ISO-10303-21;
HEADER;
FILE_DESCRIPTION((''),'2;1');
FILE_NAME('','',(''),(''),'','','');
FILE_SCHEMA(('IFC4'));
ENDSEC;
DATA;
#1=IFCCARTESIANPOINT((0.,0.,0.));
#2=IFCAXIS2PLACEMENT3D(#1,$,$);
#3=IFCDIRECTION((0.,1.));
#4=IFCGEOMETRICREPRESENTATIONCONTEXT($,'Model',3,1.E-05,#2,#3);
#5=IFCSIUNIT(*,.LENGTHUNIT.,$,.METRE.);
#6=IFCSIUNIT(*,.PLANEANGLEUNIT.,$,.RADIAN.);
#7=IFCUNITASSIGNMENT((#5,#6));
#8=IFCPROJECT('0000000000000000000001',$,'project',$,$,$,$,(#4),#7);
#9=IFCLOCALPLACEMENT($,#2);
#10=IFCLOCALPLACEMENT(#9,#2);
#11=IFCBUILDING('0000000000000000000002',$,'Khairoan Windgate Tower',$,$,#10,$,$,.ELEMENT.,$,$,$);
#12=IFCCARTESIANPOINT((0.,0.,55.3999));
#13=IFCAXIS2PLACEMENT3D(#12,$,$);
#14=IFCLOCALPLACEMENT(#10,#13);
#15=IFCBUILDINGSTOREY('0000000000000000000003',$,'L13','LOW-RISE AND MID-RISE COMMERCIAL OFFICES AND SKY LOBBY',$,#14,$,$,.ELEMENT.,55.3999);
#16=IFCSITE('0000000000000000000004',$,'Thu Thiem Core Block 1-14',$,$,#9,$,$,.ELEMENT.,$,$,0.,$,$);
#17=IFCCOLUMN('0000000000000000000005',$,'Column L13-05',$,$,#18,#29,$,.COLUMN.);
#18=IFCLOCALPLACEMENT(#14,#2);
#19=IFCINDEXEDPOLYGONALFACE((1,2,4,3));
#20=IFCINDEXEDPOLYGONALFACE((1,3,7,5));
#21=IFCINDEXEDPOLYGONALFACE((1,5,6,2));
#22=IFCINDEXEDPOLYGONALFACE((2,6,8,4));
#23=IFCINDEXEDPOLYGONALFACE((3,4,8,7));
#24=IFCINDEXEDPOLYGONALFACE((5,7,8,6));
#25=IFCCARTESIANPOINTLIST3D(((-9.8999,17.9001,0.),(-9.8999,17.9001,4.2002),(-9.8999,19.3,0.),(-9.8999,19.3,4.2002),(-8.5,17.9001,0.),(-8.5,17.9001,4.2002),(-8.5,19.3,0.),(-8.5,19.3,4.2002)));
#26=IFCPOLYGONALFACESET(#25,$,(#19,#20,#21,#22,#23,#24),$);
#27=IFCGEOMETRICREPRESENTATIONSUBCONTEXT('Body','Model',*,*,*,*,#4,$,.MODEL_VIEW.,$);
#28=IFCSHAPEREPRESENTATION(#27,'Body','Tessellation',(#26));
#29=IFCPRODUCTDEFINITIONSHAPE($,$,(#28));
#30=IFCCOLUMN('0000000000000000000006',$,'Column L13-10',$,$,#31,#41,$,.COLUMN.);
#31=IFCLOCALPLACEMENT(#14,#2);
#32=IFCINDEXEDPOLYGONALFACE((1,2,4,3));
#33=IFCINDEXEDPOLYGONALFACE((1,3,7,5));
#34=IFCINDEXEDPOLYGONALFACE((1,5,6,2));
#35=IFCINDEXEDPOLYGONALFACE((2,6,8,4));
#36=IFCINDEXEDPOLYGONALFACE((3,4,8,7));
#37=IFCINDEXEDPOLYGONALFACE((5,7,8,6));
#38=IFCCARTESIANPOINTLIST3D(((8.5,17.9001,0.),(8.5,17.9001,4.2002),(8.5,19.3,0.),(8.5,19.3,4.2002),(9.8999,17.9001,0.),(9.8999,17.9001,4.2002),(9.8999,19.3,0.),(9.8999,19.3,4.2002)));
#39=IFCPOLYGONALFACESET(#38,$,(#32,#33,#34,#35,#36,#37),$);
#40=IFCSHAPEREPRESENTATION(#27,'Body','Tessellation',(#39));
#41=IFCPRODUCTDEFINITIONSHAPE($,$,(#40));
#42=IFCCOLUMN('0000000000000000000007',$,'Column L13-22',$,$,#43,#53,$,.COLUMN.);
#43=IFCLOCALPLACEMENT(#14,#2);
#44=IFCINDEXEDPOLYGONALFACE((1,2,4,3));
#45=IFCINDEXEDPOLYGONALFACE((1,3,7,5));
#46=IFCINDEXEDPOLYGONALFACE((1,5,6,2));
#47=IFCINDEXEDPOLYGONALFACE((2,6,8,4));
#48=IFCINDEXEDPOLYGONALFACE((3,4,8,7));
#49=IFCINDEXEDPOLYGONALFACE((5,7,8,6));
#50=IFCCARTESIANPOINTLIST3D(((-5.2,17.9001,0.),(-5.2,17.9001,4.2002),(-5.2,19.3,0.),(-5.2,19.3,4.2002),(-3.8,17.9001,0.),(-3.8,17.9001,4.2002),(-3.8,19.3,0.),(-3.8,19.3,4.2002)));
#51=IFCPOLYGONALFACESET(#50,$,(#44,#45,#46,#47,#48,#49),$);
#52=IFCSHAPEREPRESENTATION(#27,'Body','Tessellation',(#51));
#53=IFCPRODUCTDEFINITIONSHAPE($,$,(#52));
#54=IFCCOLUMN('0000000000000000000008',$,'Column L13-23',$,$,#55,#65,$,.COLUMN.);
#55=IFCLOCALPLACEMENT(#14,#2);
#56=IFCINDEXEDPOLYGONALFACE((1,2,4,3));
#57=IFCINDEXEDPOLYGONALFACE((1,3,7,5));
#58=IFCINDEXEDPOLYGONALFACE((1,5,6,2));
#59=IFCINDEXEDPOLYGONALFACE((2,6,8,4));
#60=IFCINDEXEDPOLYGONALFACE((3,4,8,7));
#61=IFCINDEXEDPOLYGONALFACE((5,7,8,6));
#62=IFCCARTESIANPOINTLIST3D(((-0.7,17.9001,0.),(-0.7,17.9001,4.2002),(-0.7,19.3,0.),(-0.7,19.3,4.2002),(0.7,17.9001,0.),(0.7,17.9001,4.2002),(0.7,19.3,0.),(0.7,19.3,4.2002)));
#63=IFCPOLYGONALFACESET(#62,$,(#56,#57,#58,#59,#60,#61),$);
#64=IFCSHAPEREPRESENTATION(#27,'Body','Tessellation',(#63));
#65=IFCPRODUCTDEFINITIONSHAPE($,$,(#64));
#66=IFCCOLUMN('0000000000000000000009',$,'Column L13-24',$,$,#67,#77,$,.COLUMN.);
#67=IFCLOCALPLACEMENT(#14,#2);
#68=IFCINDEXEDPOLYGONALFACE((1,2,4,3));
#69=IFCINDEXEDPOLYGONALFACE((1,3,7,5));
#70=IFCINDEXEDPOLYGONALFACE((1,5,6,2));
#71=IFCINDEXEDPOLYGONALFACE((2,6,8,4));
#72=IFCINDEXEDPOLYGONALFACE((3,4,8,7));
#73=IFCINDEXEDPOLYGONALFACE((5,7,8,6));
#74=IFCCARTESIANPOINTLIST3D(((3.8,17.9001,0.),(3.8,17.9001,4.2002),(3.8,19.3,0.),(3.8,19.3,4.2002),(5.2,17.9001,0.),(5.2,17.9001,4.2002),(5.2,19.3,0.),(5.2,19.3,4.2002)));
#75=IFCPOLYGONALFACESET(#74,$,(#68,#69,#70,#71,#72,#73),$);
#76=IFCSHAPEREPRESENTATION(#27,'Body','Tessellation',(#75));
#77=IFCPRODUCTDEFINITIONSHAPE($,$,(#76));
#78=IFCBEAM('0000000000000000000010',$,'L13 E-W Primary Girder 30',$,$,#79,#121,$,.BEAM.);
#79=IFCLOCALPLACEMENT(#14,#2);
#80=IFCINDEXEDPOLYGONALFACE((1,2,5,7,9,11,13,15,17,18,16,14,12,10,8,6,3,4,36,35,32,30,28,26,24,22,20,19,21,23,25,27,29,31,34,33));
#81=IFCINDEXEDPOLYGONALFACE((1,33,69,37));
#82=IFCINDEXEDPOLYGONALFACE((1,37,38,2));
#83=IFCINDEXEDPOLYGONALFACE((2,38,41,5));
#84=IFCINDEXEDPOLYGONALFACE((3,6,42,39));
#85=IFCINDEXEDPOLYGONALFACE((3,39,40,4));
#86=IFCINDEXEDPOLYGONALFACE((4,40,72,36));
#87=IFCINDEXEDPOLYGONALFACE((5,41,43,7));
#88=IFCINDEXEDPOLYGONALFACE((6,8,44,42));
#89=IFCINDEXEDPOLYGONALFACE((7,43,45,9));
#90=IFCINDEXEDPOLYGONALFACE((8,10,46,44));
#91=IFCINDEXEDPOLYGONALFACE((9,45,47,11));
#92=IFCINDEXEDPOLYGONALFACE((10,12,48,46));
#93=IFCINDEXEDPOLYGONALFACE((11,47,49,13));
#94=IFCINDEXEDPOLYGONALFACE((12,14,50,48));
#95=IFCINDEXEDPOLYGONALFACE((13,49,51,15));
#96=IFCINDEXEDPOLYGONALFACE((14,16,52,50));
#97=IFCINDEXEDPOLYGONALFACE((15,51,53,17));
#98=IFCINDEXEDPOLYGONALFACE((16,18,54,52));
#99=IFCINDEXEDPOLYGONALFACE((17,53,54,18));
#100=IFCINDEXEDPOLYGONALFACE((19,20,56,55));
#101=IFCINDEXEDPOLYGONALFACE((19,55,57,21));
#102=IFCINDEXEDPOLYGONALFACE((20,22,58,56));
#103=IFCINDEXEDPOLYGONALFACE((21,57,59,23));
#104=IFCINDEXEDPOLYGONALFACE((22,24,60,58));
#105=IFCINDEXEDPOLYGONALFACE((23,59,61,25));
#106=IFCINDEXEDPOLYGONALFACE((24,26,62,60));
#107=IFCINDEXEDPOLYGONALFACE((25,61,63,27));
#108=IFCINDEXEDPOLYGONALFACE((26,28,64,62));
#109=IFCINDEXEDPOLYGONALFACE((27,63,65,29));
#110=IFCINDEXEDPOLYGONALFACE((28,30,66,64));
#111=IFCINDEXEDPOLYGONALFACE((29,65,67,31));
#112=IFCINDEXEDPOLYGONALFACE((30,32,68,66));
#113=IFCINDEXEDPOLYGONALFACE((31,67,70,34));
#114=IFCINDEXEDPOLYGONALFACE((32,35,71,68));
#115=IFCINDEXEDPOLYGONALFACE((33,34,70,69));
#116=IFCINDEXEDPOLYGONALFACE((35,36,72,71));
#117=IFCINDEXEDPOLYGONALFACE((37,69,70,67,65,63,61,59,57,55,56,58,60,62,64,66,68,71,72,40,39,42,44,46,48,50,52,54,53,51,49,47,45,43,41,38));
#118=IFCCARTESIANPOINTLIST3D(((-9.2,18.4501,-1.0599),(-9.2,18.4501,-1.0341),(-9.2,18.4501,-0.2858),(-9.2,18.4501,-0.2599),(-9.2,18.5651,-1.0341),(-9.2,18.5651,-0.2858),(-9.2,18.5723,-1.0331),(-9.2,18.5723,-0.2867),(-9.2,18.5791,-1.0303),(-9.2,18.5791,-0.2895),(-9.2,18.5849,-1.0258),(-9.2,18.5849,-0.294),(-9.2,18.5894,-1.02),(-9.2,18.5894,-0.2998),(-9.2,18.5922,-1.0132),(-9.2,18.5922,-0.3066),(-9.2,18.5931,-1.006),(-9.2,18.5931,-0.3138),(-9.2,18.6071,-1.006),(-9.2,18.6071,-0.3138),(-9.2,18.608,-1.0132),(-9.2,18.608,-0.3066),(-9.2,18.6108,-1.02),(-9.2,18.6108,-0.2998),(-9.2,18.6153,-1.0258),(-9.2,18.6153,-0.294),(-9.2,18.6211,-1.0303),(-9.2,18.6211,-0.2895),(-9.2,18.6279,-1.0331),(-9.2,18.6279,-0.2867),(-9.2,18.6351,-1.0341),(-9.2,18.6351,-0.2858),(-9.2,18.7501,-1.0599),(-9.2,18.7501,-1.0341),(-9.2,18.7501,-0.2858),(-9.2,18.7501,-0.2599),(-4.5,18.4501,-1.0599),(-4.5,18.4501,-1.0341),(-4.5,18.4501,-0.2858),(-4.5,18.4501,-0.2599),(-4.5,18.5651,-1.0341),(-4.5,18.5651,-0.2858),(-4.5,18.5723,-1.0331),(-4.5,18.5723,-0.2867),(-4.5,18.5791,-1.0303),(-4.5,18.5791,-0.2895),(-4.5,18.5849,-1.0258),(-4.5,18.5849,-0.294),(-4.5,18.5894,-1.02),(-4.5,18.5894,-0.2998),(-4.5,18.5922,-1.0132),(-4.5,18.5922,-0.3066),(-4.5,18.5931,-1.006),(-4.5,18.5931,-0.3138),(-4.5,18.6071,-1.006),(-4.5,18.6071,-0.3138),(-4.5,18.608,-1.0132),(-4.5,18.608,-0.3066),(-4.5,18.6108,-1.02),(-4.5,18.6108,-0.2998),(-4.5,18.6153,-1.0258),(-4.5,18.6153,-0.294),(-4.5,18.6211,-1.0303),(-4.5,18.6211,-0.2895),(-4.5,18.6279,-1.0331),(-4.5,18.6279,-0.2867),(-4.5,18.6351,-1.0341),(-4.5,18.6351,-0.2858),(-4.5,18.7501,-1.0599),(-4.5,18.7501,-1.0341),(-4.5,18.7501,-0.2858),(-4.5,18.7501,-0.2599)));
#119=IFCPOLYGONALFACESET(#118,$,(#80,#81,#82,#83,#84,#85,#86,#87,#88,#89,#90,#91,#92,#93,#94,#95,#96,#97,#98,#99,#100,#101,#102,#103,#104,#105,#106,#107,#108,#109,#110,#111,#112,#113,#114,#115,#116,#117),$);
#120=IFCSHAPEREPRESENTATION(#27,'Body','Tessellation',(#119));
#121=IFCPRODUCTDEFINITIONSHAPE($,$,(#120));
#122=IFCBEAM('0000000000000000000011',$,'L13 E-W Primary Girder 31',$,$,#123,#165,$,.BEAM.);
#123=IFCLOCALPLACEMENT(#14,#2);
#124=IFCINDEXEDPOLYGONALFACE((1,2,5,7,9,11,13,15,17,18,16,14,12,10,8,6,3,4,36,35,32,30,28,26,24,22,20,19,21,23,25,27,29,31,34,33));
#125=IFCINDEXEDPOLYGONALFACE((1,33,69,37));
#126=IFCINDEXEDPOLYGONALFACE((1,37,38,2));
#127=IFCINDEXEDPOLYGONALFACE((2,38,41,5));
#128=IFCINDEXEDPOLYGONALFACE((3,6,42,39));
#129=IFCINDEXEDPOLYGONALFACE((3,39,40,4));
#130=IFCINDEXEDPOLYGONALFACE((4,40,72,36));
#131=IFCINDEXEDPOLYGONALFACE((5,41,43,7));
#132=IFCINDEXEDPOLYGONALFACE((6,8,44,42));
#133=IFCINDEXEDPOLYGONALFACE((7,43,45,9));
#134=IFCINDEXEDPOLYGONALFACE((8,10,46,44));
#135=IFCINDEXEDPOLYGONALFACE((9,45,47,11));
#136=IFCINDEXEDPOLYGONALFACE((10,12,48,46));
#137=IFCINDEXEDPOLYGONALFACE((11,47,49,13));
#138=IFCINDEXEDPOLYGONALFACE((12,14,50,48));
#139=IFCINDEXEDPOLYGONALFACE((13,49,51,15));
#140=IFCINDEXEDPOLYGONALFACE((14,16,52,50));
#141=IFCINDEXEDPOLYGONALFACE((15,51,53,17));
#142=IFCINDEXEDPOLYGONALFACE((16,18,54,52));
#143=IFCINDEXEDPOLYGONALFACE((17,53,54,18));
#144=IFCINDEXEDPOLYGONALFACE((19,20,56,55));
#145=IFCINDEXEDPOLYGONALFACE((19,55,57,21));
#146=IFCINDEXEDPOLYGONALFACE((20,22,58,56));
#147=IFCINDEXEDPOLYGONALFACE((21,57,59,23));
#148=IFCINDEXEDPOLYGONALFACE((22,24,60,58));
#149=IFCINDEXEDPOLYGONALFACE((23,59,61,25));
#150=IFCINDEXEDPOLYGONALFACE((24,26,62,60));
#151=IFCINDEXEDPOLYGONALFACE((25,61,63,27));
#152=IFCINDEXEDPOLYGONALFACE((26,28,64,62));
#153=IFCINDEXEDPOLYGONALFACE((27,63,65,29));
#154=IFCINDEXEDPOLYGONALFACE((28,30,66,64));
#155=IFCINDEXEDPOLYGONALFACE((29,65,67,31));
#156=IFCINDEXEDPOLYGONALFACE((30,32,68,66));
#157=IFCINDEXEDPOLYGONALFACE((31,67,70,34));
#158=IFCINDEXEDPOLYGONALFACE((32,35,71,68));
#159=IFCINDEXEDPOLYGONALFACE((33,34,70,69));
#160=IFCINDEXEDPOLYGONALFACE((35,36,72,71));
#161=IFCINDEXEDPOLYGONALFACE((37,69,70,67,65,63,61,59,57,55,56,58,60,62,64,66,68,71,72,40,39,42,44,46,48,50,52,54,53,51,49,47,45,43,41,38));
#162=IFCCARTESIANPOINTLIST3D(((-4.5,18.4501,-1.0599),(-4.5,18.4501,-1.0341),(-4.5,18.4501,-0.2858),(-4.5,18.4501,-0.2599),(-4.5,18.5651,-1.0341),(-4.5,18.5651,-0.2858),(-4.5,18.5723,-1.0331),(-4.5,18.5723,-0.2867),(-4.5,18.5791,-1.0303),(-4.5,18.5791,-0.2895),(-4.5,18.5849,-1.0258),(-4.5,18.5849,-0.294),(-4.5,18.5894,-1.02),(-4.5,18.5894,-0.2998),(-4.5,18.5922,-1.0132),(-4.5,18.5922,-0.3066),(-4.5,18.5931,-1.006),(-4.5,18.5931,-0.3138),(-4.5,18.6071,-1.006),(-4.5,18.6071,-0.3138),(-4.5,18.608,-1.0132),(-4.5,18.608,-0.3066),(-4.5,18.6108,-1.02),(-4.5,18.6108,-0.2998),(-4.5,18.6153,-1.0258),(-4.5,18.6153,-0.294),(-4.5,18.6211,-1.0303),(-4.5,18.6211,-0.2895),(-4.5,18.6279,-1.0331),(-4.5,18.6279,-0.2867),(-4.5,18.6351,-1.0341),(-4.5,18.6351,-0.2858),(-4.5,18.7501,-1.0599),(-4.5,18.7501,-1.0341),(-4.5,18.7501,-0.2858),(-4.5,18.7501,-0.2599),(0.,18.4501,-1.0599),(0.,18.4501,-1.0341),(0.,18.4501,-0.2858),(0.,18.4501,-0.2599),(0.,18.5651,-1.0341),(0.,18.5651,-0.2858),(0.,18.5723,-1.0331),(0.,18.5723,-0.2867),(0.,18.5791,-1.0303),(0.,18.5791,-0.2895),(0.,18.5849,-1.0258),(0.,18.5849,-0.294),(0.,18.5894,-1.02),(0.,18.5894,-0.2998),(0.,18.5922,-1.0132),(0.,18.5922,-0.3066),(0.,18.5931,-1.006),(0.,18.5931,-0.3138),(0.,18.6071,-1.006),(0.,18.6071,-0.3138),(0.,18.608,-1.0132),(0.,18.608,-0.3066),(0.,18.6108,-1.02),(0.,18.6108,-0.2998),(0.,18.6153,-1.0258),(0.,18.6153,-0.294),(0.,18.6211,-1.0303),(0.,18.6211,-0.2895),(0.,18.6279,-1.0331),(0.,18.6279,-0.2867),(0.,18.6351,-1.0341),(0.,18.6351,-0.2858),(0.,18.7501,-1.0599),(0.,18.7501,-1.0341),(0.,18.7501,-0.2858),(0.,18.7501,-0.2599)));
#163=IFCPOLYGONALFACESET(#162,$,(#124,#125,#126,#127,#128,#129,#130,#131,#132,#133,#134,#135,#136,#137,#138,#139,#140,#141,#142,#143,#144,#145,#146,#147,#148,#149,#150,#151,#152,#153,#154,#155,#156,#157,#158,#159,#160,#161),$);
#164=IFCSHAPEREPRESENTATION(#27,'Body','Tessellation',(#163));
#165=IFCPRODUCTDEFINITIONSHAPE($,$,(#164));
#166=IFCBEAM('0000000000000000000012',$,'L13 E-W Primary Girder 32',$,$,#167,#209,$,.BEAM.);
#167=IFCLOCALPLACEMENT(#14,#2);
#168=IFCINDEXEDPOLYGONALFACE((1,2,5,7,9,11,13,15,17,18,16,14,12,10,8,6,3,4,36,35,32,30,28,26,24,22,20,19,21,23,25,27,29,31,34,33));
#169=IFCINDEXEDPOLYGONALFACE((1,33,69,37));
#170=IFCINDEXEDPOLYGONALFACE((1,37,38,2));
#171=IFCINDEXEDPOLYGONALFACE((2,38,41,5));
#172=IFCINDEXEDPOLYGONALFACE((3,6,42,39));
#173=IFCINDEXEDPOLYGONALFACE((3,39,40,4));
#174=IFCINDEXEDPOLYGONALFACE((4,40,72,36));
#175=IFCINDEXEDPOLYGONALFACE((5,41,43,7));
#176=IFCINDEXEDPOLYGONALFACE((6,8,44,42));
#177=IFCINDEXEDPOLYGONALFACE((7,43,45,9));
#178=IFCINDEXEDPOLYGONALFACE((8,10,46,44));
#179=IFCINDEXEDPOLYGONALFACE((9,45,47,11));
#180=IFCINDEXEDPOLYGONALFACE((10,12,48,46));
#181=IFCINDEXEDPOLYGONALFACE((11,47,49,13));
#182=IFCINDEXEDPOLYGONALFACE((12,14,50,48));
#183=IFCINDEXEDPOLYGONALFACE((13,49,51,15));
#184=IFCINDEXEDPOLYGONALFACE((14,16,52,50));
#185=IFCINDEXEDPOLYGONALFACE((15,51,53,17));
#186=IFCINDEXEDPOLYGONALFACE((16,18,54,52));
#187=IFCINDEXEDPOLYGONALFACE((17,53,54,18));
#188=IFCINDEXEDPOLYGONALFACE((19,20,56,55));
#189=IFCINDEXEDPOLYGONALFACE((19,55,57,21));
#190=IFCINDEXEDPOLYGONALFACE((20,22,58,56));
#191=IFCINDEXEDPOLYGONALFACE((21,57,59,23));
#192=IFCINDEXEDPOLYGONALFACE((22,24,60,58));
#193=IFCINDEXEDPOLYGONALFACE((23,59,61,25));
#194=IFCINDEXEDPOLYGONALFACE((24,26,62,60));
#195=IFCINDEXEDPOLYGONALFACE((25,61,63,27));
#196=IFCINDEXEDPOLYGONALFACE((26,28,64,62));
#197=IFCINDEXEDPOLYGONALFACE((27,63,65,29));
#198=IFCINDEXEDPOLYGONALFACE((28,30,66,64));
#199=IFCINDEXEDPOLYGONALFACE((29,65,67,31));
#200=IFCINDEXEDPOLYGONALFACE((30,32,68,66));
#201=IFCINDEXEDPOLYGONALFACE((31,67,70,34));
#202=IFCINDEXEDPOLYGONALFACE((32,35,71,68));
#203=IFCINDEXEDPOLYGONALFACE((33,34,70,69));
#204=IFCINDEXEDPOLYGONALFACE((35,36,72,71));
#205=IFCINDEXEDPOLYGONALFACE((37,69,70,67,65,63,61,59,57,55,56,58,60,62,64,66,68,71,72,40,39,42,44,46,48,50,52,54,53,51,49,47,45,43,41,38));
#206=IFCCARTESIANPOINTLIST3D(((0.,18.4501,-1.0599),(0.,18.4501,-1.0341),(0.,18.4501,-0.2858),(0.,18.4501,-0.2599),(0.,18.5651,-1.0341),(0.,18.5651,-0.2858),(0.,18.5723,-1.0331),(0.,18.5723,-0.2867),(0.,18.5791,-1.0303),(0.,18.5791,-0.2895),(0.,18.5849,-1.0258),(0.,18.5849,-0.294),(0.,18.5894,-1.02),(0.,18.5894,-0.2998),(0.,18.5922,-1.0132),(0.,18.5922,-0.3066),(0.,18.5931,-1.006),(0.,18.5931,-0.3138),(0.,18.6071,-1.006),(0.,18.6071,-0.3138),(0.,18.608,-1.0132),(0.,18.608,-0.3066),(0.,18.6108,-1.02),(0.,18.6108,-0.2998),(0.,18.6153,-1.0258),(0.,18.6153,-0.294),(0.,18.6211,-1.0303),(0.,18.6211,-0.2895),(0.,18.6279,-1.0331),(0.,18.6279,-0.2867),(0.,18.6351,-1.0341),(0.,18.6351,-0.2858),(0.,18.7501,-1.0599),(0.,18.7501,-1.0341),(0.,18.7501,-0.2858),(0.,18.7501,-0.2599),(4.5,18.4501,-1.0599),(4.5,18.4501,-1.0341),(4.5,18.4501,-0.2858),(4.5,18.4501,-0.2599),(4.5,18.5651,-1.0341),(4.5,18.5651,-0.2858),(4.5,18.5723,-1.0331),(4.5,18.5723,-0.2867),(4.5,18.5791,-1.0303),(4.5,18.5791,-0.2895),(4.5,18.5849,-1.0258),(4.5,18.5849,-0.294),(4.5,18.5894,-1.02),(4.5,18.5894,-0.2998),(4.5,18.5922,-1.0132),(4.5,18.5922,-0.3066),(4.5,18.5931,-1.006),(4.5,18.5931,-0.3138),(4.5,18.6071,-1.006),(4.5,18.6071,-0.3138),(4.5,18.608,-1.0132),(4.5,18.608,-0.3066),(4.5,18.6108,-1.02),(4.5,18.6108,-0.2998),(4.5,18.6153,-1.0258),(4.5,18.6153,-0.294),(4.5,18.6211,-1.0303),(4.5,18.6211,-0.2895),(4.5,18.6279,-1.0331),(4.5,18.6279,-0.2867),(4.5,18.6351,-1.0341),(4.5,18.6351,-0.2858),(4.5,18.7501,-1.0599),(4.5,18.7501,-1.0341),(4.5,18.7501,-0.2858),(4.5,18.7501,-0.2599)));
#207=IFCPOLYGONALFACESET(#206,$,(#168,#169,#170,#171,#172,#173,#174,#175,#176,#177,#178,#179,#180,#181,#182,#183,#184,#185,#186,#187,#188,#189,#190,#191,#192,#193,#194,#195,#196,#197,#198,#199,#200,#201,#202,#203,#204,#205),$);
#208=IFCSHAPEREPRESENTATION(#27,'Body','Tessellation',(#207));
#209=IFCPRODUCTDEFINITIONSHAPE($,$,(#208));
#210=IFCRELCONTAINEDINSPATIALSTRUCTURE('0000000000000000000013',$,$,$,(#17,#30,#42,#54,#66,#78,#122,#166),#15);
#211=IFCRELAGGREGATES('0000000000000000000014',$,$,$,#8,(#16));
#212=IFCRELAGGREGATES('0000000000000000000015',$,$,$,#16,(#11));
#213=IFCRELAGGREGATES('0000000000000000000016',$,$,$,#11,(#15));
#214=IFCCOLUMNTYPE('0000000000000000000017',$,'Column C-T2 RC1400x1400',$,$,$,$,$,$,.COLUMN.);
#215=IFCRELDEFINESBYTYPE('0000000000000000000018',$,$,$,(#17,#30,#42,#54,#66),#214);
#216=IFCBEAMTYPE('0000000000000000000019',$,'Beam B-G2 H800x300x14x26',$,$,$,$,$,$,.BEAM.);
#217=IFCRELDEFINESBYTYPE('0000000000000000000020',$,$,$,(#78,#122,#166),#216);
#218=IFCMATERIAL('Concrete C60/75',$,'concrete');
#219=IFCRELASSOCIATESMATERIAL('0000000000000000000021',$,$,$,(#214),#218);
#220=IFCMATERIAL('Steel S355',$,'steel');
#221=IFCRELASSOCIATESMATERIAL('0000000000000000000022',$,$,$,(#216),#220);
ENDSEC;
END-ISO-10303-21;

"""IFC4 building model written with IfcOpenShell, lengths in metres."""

from ifc_helpers import new_model, si_unit, direction, frame, origin, origin_2d, place, context, subcontext, project, spatial, rectangle, i_section, extrude, material, material_profile, profile_set, type_object, element, save


model = new_model("IFC4")

# Units and contexts
model_context = context("Model", 3, precision=1e-05, world=origin(), true_north=direction((0.0, 1.0)))
body_context = subcontext(model_context, "Body", "Model", "MODEL_VIEW")
ifc_project = project(units=[si_unit("LENGTHUNIT", "METRE"), si_unit("PLANEANGLEUNIT", "RADIAN")], contexts=[model_context])

# Site, building, storey
site_placement = place(None, origin())
site = spatial("IfcSite", under=ifc_project, at=site_placement, Name="Thu Thiem Core Block 1-14", CompositionType="ELEMENT", RefElevation=0.0)
building_placement = place(site_placement, origin())
building = spatial("IfcBuilding", under=site, at=building_placement, Name="Khairoan Windgate Tower", CompositionType="ELEMENT")
storey_placement = place(building_placement, frame((0.0, 0.0, 55.3999)))
storey = spatial("IfcBuildingStorey", under=building, at=storey_placement, Name="L13", Description="LOW-RISE AND MID-RISE COMMERCIAL OFFICES AND SKY LOBBY", CompositionType="ELEMENT", Elevation=55.3999)

# Columns
ifc_material_1 = material(Name="Concrete C60/75", Category="concrete")
ifc_material_profile_1 = material_profile(ifc_material_1, rectangle(XDim=1.3999, YDim=1.3999, at=origin_2d()))
ifc_profile_set_1 = profile_set([ifc_material_profile_1], Name="Concrete C60/75")
column_type = type_object("IfcColumnType", Name="Column C-T2 RC1400x1400", PredefinedType="COLUMN", material=ifc_profile_set_1)
for number, where, z_axis, x_axis, name in (
    (1, (-9.2, 18.6001, 0.0), (0.0, 0.0, 1.0), (1.0, 0.0, 0.0), "Column L13-05"),
    (2, (9.2, 18.6001, 0.0), (0.0, 0.0, 1.0), (1.0, 0.0, 0.0), "Column L13-10"),
    (3, (-4.5, 18.6001, 0.0), (0.0, 0.0, 1.0), (1.0, 0.0, 0.0), "Column L13-22"),
    (4, (0.0, 18.6001, 0.0), (0.0, 0.0, 1.0), (1.0, 0.0, 0.0), "Column L13-23"),
    (5, (4.5, 18.6001, 0.0), (0.0, 0.0, 1.0), (1.0, 0.0, 0.0), "Column L13-24"),
):
    element("IfcColumn", number, at=place(storey_placement, frame(where, z_axis=z_axis, x_axis=x_axis)), inside=storey, type_object=column_type, Name=name, PredefinedType="COLUMN", context=body_context, shape_type="SweptSolid", body=[
        extrude(rectangle(XDim=1.3999, YDim=1.3999, at=origin_2d()), origin(), (0.0, 0.0, 1.0), 4.2002),
    ])

# Beams
ifc_material_2 = material(Name="Steel S355", Category="steel")
ifc_material_profile_2 = material_profile(ifc_material_2, i_section(OverallWidth=0.3, OverallDepth=0.8, WebThickness=0.0139, FlangeThickness=0.0259, FilletRadius=0.0281, at=origin_2d()))
ifc_profile_set_2 = profile_set([ifc_material_profile_2], Name="Steel S355")
beam_type = type_object("IfcBeamType", Name="Beam B-G2 H800x300x14x26", PredefinedType="BEAM", material=ifc_profile_set_2)
beam_1_placement = place(storey_placement, frame((-9.2, 18.6001, -0.6599), z_axis=(1.0, 0.0, 0.0), x_axis=(0.0, 1.0, 0.0)))
element("IfcBeam", 6, at=beam_1_placement, inside=storey, type_object=beam_type, Name="L13 E-W Primary Girder 30", PredefinedType="BEAM", context=body_context, shape_type="SweptSolid", body=[
    extrude(i_section(OverallWidth=0.3, OverallDepth=0.8, WebThickness=0.0139, FlangeThickness=0.0259, FilletRadius=0.0281, at=origin_2d()), origin(), (0.0, 0.0, 1.0), 4.7),
])
for number, where, z_axis, x_axis, name in (
    (7, (-4.5, 18.6001, -0.6599), (1.0, 0.0, 0.0), (0.0, 1.0, 0.0), "L13 E-W Primary Girder 31"),
    (8, (0.0, 18.6001, -0.6599), (1.0, 0.0, 0.0), (0.0, 1.0, 0.0), "L13 E-W Primary Girder 32"),
):
    element("IfcBeam", number, at=place(storey_placement, frame(where, z_axis=z_axis, x_axis=x_axis)), inside=storey, type_object=beam_type, Name=name, PredefinedType="BEAM", context=body_context, shape_type="SweptSolid", body=[
        extrude(i_section(OverallWidth=0.3, OverallDepth=0.8, WebThickness=0.0139, FlangeThickness=0.0259, FilletRadius=0.0281, at=origin_2d()), origin(), (0.0, 0.0, 1.0), 4.5),
    ])

save(model, "model.ifc")
